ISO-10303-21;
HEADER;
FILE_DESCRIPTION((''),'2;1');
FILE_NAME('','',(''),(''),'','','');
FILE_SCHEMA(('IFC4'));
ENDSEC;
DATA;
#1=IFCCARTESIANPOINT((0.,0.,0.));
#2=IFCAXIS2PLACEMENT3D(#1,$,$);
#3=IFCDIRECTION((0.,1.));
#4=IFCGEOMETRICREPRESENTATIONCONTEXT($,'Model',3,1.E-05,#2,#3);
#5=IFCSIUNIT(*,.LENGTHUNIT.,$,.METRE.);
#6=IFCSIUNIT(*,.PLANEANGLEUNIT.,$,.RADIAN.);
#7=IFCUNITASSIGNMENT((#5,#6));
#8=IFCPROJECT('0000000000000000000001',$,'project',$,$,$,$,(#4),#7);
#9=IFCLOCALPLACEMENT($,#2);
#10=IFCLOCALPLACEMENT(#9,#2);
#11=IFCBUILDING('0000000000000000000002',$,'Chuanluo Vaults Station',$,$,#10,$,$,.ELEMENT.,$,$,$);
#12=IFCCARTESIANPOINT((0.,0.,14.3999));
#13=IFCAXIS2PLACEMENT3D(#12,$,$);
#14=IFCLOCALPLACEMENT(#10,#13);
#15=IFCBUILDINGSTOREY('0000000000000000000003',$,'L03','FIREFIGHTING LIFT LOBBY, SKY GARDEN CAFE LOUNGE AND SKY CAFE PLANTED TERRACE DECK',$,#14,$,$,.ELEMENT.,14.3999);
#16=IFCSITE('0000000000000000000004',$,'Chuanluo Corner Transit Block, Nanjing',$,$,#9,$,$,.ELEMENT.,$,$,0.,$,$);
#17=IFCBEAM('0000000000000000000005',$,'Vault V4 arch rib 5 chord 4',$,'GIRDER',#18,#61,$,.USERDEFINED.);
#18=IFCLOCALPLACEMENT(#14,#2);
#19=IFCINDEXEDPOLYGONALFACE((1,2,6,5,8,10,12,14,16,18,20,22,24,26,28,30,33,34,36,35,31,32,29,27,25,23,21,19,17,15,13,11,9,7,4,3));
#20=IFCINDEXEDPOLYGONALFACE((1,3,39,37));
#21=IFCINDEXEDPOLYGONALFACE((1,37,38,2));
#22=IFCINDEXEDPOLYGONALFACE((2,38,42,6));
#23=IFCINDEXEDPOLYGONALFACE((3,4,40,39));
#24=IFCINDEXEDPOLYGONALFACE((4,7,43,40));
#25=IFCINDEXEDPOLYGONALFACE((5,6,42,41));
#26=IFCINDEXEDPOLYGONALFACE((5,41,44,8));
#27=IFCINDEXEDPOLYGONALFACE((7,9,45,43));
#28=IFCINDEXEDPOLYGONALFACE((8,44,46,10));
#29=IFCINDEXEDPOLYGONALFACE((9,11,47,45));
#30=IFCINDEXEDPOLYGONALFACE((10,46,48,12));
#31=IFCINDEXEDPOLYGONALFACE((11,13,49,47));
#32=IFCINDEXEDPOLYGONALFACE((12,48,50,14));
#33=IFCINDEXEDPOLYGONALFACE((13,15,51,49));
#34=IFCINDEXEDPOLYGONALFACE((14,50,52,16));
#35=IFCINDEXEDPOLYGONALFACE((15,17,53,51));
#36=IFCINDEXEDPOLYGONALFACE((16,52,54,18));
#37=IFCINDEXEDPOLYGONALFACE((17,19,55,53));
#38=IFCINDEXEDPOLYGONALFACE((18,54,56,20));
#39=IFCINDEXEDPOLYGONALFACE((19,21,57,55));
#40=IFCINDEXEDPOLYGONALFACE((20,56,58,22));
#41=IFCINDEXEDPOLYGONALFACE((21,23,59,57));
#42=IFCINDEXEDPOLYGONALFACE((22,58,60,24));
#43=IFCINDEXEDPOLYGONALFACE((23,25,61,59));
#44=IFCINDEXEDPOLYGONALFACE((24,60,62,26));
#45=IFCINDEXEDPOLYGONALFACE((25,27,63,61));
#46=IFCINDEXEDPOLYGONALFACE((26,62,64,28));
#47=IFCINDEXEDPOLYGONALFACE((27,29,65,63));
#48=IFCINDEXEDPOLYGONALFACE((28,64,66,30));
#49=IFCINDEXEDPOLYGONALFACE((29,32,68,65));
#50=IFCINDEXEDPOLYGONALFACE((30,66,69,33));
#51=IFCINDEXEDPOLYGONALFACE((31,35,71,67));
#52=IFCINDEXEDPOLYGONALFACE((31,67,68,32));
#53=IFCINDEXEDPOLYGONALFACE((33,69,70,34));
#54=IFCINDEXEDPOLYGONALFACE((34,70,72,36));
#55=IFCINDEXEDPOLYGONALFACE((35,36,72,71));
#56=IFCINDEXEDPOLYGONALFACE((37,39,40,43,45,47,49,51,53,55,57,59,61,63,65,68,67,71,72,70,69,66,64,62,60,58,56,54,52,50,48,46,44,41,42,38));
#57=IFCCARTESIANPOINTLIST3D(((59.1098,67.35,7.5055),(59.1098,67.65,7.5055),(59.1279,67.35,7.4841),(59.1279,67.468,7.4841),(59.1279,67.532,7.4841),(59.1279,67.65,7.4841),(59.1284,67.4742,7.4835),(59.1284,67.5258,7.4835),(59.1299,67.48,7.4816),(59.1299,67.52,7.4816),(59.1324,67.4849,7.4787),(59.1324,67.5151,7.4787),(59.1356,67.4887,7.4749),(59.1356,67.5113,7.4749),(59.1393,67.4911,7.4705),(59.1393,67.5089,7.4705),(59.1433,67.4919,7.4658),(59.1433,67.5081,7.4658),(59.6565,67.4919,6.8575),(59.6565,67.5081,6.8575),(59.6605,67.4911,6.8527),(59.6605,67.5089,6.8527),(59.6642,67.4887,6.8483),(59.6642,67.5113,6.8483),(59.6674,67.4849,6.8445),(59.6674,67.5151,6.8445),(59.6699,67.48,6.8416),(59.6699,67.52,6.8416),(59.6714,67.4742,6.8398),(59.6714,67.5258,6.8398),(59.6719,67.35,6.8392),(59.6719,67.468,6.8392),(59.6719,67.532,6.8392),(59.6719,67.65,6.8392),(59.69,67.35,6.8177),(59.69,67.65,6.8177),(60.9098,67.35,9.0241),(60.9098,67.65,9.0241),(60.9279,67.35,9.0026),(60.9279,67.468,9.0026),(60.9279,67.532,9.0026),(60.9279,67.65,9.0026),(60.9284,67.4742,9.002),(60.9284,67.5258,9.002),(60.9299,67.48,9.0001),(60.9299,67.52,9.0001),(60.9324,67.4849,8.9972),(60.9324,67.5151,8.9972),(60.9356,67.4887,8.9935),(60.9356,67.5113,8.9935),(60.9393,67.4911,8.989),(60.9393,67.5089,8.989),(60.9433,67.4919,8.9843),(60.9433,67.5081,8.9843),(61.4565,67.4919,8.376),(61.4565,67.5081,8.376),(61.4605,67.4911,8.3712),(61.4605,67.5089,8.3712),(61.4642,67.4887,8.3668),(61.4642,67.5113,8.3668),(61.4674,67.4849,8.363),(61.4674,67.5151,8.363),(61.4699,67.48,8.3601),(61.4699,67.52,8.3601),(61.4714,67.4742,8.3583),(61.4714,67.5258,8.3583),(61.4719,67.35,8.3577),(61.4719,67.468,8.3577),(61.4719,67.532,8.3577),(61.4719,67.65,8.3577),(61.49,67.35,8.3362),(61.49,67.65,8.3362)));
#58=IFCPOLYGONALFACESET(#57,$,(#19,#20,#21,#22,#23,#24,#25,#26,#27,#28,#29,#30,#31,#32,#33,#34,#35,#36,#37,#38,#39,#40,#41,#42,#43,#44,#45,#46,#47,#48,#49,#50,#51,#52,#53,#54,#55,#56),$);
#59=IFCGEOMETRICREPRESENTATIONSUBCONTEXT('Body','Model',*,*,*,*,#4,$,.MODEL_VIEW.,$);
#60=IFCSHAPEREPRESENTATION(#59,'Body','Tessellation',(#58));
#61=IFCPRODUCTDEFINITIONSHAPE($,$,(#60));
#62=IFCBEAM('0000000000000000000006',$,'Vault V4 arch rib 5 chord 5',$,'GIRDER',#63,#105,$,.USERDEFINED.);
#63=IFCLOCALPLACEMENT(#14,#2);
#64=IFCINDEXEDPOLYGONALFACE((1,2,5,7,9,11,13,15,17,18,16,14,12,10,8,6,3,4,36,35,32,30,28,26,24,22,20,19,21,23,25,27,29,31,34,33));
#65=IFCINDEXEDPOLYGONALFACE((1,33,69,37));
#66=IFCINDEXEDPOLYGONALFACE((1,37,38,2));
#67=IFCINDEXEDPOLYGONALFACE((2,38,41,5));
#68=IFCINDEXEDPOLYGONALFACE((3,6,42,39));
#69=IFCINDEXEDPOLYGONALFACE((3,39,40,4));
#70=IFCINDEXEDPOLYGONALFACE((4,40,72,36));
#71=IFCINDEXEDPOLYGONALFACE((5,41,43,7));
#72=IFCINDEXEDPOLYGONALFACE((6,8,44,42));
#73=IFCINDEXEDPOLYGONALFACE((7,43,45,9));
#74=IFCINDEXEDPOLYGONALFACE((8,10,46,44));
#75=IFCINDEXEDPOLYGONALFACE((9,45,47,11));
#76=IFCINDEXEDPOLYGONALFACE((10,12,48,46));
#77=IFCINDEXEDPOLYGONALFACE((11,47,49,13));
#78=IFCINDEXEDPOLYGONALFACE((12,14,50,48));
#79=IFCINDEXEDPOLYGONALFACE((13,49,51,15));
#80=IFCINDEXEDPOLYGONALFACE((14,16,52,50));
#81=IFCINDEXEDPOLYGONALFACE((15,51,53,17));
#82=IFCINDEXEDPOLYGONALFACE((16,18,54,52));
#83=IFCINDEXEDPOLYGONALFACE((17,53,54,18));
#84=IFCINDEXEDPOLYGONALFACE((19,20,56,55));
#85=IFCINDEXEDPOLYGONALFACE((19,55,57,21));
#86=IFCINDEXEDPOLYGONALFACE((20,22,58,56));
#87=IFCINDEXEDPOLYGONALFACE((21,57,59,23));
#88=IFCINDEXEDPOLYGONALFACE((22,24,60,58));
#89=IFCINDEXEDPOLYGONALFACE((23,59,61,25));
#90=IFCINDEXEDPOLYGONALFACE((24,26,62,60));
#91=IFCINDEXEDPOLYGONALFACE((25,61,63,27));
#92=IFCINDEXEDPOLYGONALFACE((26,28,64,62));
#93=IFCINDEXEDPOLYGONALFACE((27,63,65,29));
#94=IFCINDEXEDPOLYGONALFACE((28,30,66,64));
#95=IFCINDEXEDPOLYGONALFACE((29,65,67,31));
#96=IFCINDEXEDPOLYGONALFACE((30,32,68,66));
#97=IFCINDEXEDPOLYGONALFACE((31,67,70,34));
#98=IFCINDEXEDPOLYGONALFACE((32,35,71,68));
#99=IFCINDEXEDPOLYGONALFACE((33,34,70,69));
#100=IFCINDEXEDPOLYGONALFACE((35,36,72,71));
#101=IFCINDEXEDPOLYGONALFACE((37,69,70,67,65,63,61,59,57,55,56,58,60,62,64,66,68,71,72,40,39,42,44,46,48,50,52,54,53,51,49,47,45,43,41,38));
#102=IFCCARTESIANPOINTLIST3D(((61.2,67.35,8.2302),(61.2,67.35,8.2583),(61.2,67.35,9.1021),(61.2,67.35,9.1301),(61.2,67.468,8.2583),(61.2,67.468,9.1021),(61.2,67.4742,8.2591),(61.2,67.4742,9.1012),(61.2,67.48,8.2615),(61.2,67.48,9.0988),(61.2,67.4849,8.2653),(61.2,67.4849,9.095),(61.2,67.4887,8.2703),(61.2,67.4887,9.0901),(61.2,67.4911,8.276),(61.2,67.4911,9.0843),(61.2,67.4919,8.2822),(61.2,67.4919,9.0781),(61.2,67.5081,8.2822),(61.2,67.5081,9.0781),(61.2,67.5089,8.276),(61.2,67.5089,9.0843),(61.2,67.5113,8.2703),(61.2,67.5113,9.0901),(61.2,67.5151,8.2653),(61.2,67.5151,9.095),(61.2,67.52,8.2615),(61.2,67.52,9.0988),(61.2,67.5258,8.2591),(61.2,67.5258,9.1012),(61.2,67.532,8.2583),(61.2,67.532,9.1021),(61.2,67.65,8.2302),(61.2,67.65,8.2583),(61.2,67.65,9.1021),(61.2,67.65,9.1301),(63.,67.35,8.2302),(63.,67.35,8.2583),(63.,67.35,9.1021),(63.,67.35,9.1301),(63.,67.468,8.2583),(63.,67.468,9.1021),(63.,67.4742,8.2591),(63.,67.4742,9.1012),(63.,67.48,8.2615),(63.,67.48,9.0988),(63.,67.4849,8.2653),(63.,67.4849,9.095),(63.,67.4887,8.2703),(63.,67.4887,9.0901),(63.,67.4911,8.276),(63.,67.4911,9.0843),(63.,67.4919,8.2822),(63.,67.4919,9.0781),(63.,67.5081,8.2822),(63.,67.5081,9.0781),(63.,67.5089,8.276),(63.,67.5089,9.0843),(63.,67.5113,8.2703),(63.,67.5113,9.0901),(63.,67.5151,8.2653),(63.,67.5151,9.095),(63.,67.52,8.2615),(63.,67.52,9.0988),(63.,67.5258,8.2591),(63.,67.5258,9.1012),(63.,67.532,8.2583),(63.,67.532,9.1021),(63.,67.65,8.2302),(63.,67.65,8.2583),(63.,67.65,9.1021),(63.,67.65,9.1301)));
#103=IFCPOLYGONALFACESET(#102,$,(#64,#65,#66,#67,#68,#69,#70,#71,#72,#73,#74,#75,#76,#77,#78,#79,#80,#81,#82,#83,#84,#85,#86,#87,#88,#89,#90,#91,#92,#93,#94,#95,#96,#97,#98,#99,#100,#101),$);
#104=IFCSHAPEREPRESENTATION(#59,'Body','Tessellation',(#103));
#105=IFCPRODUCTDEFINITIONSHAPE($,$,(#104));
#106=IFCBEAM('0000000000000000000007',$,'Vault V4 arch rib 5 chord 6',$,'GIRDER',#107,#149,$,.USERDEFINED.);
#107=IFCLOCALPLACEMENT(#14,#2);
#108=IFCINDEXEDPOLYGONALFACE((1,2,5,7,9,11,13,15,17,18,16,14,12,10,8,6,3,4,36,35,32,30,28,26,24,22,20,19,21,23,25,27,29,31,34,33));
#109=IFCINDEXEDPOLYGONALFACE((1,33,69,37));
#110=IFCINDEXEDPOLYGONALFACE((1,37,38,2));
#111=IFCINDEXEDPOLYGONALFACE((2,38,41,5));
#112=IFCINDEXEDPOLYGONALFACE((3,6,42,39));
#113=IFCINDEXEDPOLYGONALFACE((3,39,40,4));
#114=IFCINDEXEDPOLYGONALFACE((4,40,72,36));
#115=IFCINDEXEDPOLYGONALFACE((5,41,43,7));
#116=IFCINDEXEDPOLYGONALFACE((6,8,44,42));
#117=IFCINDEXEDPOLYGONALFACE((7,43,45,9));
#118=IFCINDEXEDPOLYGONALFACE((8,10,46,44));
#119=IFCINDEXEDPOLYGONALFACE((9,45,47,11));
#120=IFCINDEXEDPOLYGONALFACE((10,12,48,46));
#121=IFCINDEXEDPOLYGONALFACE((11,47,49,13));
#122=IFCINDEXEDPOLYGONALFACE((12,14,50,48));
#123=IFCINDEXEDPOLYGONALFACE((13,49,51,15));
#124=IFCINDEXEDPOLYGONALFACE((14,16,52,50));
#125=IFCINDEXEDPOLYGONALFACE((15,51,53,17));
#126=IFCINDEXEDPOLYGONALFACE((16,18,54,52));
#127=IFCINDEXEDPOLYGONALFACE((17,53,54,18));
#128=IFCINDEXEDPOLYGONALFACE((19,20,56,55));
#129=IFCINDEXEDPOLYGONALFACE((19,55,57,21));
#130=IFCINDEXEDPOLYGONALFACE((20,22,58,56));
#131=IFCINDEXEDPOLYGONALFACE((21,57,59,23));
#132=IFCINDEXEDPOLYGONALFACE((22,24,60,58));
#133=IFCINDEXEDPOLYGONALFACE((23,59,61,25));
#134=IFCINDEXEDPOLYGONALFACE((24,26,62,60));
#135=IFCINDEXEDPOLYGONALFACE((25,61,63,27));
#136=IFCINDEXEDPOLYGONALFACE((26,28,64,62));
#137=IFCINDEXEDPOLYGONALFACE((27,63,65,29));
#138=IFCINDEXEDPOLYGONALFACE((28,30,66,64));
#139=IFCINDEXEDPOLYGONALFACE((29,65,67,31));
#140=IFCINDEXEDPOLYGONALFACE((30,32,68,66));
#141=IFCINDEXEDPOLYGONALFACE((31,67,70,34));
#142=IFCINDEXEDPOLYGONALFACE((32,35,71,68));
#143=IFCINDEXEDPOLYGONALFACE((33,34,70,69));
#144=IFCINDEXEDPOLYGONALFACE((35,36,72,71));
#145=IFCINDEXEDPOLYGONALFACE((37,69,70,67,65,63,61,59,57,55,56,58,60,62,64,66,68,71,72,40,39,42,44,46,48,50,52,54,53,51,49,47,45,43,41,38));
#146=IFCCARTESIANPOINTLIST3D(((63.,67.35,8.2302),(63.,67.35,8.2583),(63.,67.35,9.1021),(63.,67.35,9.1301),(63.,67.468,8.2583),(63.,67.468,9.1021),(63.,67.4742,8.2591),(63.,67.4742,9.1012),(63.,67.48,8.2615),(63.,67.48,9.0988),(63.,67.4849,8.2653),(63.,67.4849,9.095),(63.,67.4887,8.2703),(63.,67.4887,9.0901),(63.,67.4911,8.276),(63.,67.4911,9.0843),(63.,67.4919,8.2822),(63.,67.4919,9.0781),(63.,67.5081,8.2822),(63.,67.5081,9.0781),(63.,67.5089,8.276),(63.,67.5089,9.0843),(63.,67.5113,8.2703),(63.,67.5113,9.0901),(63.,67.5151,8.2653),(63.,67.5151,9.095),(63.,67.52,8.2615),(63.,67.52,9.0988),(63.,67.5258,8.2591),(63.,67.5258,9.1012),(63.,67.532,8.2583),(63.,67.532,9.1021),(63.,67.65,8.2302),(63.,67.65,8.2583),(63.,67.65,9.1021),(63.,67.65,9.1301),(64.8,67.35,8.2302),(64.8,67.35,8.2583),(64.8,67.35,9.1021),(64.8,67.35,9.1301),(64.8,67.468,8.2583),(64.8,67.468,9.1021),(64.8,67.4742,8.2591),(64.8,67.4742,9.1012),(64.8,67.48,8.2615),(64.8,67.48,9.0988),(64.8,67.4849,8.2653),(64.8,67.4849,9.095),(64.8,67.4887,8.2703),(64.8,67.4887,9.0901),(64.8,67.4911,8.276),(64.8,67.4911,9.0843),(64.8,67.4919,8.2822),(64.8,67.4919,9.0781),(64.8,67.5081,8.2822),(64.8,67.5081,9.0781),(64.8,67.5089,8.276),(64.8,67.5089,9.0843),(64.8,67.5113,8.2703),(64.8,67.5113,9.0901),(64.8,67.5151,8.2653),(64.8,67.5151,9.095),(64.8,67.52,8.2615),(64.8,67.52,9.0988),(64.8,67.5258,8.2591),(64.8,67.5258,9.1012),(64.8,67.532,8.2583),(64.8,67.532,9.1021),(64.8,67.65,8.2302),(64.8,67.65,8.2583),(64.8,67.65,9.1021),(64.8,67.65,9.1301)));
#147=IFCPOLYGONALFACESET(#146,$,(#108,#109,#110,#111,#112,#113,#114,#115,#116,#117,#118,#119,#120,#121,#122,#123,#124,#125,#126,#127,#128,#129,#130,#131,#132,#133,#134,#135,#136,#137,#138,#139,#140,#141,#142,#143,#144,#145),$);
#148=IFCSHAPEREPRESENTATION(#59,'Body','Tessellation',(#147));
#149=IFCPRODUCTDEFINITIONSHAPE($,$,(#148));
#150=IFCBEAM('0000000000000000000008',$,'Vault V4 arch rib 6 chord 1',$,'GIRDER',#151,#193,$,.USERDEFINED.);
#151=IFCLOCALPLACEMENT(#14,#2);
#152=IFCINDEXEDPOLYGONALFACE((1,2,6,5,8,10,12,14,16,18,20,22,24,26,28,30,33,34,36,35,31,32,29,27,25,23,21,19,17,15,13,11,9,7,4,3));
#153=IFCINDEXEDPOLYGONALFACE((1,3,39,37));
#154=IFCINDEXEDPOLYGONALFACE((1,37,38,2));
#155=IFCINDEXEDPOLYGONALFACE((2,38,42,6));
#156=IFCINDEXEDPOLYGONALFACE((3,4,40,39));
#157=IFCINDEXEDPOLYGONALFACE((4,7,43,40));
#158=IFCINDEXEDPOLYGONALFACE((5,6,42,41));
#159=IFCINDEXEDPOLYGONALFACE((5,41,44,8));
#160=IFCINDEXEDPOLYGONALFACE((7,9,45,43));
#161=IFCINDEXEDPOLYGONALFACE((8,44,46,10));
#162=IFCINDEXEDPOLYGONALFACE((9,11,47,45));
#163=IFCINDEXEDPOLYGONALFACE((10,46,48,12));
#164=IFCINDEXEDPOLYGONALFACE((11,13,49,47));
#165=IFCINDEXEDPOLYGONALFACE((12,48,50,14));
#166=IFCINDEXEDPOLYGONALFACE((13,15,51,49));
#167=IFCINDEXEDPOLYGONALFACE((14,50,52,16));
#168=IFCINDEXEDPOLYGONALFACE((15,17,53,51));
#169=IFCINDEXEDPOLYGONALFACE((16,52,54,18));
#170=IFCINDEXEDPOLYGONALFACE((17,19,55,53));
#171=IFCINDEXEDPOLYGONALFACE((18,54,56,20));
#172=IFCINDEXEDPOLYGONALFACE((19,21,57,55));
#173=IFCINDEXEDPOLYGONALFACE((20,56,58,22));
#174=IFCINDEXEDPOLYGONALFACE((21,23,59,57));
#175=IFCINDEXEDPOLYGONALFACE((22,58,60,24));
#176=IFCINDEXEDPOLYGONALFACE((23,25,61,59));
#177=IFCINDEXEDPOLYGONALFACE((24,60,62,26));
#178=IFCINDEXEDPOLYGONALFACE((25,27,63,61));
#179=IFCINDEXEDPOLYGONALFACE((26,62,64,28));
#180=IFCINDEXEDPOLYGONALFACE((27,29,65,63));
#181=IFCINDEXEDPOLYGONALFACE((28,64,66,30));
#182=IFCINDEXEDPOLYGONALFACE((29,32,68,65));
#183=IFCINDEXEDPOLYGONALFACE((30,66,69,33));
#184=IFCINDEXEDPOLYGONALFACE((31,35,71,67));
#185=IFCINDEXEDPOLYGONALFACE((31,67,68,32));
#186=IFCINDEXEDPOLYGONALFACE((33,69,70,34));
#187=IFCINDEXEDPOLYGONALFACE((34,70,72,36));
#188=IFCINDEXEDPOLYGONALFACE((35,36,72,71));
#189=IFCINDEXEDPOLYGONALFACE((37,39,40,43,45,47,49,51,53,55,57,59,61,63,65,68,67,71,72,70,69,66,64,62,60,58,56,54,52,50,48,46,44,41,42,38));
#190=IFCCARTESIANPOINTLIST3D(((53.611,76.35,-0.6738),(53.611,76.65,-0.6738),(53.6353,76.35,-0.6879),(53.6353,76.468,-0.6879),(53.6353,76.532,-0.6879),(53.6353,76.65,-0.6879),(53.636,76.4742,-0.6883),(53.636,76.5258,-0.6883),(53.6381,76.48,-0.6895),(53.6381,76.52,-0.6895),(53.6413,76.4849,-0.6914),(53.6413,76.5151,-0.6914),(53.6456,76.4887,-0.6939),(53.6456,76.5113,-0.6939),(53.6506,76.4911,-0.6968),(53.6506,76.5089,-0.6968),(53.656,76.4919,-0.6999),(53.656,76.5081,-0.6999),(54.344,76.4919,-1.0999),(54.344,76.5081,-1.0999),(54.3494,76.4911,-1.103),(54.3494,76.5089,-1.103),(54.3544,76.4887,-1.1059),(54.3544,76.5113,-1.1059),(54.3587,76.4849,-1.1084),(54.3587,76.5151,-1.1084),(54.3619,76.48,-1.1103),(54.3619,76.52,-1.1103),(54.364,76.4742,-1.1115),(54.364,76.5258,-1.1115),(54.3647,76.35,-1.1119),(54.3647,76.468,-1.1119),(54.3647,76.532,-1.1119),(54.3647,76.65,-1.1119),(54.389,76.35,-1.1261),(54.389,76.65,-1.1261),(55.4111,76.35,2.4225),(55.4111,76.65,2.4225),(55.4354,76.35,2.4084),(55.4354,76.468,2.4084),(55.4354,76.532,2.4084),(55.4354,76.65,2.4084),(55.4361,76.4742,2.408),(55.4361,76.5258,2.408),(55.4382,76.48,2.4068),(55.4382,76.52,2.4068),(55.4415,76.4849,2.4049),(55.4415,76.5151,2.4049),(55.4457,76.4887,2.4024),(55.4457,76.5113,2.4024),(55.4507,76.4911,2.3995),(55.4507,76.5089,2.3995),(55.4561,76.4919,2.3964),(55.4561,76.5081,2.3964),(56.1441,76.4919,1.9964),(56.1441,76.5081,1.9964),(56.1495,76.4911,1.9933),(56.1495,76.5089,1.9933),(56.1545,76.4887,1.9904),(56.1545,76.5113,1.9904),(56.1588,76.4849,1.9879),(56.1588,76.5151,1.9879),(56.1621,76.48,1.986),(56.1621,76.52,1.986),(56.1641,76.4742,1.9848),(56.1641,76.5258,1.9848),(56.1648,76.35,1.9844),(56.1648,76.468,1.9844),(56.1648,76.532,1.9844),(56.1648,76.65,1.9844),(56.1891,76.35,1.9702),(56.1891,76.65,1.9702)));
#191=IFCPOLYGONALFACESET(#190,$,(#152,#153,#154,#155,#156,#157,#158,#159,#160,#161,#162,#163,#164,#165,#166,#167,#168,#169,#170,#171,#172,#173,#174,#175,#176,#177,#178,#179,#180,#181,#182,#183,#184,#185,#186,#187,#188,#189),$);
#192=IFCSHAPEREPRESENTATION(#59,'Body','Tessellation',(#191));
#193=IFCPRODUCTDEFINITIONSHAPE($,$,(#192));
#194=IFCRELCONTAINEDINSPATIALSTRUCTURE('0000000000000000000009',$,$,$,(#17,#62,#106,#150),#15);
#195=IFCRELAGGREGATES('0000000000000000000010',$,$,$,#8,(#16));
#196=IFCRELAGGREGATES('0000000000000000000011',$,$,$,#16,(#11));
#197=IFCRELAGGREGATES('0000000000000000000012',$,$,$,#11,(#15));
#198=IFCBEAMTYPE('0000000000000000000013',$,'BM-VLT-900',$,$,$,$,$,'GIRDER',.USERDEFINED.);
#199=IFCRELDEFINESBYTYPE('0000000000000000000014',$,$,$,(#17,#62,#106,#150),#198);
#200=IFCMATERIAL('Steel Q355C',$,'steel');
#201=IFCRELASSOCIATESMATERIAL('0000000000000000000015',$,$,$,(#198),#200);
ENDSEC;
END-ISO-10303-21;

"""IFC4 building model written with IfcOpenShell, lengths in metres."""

from ifc_helpers import new_model, si_unit, direction, frame, origin, origin_2d, place, context, subcontext, project, spatial, i_section, extrude, material, material_profile, profile_set, type_object, element, save


model = new_model("IFC4")

# Units and contexts
model_context = context("Model", 3, precision=1e-05, world=origin(), true_north=direction((0.0, 1.0)))
body_context = subcontext(model_context, "Body", "Model", "MODEL_VIEW")
ifc_project = project(units=[si_unit("LENGTHUNIT", "METRE"), si_unit("PLANEANGLEUNIT", "RADIAN")], contexts=[model_context])

# Site, building, storey
site_placement = place(None, origin())
site = spatial("IfcSite", under=ifc_project, at=site_placement, Name="Chuanluo Corner Transit Block, Nanjing", CompositionType="ELEMENT", RefElevation=0.0)
building_placement = place(site_placement, origin())
building = spatial("IfcBuilding", under=site, at=building_placement, Name="Chuanluo Vaults Station", CompositionType="ELEMENT")
storey_placement = place(building_placement, frame((0.0, 0.0, 14.3999)))
storey = spatial("IfcBuildingStorey", under=building, at=storey_placement, Name="L03", Description="FIREFIGHTING LIFT LOBBY, SKY GARDEN CAFE LOUNGE AND SKY CAFE PLANTED TERRACE DECK", CompositionType="ELEMENT", Elevation=14.3999)

# Beams
ifc_material_1 = material(Name="Steel Q355C", Category="steel")
ifc_material_profile_1 = material_profile(ifc_material_1, i_section(OverallWidth=0.3, OverallDepth=0.8999, WebThickness=0.0161, FlangeThickness=0.0281, FilletRadius=0.0239, at=origin_2d()))
ifc_profile_set_1 = profile_set([ifc_material_profile_1], Name="Steel Q355C")
beam_type_1 = type_object("IfcBeamType", Name="BM-VLT-900", ElementType="GIRDER", PredefinedType="USERDEFINED", material=ifc_profile_set_1)
beam_1_placement = place(storey_placement, frame((59.3999, 67.5, 7.1616), z_axis=(0.764341, 0.0, 0.644812), x_axis=(0.0, 1.0, 0.0)))
element("IfcBeam", 1, at=beam_1_placement, inside=storey, type_object=beam_type_1, Name="Vault V4 arch rib 5 chord 4", ObjectType="GIRDER", PredefinedType="USERDEFINED", context=body_context, shape_type="SweptSolid", body=[
    extrude(i_section(OverallWidth=0.3, OverallDepth=0.8999, WebThickness=0.0161, FlangeThickness=0.0281, FilletRadius=0.0239, at=origin_2d()), origin(), (0.0, 0.0, 1.0), 2.355),
])
for number, where, z_axis, x_axis, name in (
    (2, (61.2, 67.5, 8.6802), (1.0, 0.0, 0.0), (0.0, 1.0, 0.0), "Vault V4 arch rib 5 chord 5"),
    (3, (63.0, 67.5, 8.6802), (1.0, 0.0, 0.0), (0.0, 1.0, 0.0), "Vault V4 arch rib 5 chord 6"),
):
    element("IfcBeam", number, at=place(storey_placement, frame(where, z_axis=z_axis, x_axis=x_axis)), inside=storey, type_object=beam_type_1, Name=name, ObjectType="GIRDER", PredefinedType="USERDEFINED", context=body_context, shape_type="SweptSolid", body=[
        extrude(i_section(OverallWidth=0.3, OverallDepth=0.8999, WebThickness=0.0161, FlangeThickness=0.0281, FilletRadius=0.0239, at=origin_2d()), origin(), (0.0, 0.0, 1.0), 1.8),
    ])
beam_2_placement = place(storey_placement, frame((54.0, 76.5, -0.8999), z_axis=(0.502607, 0.0, 0.864515), x_axis=(0.0, 1.0, 0.0)))
element("IfcBeam", 4, at=beam_2_placement, inside=storey, type_object=beam_type_1, Name="Vault V4 arch rib 6 chord 1", ObjectType="GIRDER", PredefinedType="USERDEFINED", context=body_context, shape_type="SweptSolid", body=[
    extrude(i_section(OverallWidth=0.3, OverallDepth=0.8999, WebThickness=0.0161, FlangeThickness=0.0281, FilletRadius=0.0239, at=origin_2d()), origin(), (0.0, 0.0, 1.0), 3.5815),
])

save(model, "model.ifc")
